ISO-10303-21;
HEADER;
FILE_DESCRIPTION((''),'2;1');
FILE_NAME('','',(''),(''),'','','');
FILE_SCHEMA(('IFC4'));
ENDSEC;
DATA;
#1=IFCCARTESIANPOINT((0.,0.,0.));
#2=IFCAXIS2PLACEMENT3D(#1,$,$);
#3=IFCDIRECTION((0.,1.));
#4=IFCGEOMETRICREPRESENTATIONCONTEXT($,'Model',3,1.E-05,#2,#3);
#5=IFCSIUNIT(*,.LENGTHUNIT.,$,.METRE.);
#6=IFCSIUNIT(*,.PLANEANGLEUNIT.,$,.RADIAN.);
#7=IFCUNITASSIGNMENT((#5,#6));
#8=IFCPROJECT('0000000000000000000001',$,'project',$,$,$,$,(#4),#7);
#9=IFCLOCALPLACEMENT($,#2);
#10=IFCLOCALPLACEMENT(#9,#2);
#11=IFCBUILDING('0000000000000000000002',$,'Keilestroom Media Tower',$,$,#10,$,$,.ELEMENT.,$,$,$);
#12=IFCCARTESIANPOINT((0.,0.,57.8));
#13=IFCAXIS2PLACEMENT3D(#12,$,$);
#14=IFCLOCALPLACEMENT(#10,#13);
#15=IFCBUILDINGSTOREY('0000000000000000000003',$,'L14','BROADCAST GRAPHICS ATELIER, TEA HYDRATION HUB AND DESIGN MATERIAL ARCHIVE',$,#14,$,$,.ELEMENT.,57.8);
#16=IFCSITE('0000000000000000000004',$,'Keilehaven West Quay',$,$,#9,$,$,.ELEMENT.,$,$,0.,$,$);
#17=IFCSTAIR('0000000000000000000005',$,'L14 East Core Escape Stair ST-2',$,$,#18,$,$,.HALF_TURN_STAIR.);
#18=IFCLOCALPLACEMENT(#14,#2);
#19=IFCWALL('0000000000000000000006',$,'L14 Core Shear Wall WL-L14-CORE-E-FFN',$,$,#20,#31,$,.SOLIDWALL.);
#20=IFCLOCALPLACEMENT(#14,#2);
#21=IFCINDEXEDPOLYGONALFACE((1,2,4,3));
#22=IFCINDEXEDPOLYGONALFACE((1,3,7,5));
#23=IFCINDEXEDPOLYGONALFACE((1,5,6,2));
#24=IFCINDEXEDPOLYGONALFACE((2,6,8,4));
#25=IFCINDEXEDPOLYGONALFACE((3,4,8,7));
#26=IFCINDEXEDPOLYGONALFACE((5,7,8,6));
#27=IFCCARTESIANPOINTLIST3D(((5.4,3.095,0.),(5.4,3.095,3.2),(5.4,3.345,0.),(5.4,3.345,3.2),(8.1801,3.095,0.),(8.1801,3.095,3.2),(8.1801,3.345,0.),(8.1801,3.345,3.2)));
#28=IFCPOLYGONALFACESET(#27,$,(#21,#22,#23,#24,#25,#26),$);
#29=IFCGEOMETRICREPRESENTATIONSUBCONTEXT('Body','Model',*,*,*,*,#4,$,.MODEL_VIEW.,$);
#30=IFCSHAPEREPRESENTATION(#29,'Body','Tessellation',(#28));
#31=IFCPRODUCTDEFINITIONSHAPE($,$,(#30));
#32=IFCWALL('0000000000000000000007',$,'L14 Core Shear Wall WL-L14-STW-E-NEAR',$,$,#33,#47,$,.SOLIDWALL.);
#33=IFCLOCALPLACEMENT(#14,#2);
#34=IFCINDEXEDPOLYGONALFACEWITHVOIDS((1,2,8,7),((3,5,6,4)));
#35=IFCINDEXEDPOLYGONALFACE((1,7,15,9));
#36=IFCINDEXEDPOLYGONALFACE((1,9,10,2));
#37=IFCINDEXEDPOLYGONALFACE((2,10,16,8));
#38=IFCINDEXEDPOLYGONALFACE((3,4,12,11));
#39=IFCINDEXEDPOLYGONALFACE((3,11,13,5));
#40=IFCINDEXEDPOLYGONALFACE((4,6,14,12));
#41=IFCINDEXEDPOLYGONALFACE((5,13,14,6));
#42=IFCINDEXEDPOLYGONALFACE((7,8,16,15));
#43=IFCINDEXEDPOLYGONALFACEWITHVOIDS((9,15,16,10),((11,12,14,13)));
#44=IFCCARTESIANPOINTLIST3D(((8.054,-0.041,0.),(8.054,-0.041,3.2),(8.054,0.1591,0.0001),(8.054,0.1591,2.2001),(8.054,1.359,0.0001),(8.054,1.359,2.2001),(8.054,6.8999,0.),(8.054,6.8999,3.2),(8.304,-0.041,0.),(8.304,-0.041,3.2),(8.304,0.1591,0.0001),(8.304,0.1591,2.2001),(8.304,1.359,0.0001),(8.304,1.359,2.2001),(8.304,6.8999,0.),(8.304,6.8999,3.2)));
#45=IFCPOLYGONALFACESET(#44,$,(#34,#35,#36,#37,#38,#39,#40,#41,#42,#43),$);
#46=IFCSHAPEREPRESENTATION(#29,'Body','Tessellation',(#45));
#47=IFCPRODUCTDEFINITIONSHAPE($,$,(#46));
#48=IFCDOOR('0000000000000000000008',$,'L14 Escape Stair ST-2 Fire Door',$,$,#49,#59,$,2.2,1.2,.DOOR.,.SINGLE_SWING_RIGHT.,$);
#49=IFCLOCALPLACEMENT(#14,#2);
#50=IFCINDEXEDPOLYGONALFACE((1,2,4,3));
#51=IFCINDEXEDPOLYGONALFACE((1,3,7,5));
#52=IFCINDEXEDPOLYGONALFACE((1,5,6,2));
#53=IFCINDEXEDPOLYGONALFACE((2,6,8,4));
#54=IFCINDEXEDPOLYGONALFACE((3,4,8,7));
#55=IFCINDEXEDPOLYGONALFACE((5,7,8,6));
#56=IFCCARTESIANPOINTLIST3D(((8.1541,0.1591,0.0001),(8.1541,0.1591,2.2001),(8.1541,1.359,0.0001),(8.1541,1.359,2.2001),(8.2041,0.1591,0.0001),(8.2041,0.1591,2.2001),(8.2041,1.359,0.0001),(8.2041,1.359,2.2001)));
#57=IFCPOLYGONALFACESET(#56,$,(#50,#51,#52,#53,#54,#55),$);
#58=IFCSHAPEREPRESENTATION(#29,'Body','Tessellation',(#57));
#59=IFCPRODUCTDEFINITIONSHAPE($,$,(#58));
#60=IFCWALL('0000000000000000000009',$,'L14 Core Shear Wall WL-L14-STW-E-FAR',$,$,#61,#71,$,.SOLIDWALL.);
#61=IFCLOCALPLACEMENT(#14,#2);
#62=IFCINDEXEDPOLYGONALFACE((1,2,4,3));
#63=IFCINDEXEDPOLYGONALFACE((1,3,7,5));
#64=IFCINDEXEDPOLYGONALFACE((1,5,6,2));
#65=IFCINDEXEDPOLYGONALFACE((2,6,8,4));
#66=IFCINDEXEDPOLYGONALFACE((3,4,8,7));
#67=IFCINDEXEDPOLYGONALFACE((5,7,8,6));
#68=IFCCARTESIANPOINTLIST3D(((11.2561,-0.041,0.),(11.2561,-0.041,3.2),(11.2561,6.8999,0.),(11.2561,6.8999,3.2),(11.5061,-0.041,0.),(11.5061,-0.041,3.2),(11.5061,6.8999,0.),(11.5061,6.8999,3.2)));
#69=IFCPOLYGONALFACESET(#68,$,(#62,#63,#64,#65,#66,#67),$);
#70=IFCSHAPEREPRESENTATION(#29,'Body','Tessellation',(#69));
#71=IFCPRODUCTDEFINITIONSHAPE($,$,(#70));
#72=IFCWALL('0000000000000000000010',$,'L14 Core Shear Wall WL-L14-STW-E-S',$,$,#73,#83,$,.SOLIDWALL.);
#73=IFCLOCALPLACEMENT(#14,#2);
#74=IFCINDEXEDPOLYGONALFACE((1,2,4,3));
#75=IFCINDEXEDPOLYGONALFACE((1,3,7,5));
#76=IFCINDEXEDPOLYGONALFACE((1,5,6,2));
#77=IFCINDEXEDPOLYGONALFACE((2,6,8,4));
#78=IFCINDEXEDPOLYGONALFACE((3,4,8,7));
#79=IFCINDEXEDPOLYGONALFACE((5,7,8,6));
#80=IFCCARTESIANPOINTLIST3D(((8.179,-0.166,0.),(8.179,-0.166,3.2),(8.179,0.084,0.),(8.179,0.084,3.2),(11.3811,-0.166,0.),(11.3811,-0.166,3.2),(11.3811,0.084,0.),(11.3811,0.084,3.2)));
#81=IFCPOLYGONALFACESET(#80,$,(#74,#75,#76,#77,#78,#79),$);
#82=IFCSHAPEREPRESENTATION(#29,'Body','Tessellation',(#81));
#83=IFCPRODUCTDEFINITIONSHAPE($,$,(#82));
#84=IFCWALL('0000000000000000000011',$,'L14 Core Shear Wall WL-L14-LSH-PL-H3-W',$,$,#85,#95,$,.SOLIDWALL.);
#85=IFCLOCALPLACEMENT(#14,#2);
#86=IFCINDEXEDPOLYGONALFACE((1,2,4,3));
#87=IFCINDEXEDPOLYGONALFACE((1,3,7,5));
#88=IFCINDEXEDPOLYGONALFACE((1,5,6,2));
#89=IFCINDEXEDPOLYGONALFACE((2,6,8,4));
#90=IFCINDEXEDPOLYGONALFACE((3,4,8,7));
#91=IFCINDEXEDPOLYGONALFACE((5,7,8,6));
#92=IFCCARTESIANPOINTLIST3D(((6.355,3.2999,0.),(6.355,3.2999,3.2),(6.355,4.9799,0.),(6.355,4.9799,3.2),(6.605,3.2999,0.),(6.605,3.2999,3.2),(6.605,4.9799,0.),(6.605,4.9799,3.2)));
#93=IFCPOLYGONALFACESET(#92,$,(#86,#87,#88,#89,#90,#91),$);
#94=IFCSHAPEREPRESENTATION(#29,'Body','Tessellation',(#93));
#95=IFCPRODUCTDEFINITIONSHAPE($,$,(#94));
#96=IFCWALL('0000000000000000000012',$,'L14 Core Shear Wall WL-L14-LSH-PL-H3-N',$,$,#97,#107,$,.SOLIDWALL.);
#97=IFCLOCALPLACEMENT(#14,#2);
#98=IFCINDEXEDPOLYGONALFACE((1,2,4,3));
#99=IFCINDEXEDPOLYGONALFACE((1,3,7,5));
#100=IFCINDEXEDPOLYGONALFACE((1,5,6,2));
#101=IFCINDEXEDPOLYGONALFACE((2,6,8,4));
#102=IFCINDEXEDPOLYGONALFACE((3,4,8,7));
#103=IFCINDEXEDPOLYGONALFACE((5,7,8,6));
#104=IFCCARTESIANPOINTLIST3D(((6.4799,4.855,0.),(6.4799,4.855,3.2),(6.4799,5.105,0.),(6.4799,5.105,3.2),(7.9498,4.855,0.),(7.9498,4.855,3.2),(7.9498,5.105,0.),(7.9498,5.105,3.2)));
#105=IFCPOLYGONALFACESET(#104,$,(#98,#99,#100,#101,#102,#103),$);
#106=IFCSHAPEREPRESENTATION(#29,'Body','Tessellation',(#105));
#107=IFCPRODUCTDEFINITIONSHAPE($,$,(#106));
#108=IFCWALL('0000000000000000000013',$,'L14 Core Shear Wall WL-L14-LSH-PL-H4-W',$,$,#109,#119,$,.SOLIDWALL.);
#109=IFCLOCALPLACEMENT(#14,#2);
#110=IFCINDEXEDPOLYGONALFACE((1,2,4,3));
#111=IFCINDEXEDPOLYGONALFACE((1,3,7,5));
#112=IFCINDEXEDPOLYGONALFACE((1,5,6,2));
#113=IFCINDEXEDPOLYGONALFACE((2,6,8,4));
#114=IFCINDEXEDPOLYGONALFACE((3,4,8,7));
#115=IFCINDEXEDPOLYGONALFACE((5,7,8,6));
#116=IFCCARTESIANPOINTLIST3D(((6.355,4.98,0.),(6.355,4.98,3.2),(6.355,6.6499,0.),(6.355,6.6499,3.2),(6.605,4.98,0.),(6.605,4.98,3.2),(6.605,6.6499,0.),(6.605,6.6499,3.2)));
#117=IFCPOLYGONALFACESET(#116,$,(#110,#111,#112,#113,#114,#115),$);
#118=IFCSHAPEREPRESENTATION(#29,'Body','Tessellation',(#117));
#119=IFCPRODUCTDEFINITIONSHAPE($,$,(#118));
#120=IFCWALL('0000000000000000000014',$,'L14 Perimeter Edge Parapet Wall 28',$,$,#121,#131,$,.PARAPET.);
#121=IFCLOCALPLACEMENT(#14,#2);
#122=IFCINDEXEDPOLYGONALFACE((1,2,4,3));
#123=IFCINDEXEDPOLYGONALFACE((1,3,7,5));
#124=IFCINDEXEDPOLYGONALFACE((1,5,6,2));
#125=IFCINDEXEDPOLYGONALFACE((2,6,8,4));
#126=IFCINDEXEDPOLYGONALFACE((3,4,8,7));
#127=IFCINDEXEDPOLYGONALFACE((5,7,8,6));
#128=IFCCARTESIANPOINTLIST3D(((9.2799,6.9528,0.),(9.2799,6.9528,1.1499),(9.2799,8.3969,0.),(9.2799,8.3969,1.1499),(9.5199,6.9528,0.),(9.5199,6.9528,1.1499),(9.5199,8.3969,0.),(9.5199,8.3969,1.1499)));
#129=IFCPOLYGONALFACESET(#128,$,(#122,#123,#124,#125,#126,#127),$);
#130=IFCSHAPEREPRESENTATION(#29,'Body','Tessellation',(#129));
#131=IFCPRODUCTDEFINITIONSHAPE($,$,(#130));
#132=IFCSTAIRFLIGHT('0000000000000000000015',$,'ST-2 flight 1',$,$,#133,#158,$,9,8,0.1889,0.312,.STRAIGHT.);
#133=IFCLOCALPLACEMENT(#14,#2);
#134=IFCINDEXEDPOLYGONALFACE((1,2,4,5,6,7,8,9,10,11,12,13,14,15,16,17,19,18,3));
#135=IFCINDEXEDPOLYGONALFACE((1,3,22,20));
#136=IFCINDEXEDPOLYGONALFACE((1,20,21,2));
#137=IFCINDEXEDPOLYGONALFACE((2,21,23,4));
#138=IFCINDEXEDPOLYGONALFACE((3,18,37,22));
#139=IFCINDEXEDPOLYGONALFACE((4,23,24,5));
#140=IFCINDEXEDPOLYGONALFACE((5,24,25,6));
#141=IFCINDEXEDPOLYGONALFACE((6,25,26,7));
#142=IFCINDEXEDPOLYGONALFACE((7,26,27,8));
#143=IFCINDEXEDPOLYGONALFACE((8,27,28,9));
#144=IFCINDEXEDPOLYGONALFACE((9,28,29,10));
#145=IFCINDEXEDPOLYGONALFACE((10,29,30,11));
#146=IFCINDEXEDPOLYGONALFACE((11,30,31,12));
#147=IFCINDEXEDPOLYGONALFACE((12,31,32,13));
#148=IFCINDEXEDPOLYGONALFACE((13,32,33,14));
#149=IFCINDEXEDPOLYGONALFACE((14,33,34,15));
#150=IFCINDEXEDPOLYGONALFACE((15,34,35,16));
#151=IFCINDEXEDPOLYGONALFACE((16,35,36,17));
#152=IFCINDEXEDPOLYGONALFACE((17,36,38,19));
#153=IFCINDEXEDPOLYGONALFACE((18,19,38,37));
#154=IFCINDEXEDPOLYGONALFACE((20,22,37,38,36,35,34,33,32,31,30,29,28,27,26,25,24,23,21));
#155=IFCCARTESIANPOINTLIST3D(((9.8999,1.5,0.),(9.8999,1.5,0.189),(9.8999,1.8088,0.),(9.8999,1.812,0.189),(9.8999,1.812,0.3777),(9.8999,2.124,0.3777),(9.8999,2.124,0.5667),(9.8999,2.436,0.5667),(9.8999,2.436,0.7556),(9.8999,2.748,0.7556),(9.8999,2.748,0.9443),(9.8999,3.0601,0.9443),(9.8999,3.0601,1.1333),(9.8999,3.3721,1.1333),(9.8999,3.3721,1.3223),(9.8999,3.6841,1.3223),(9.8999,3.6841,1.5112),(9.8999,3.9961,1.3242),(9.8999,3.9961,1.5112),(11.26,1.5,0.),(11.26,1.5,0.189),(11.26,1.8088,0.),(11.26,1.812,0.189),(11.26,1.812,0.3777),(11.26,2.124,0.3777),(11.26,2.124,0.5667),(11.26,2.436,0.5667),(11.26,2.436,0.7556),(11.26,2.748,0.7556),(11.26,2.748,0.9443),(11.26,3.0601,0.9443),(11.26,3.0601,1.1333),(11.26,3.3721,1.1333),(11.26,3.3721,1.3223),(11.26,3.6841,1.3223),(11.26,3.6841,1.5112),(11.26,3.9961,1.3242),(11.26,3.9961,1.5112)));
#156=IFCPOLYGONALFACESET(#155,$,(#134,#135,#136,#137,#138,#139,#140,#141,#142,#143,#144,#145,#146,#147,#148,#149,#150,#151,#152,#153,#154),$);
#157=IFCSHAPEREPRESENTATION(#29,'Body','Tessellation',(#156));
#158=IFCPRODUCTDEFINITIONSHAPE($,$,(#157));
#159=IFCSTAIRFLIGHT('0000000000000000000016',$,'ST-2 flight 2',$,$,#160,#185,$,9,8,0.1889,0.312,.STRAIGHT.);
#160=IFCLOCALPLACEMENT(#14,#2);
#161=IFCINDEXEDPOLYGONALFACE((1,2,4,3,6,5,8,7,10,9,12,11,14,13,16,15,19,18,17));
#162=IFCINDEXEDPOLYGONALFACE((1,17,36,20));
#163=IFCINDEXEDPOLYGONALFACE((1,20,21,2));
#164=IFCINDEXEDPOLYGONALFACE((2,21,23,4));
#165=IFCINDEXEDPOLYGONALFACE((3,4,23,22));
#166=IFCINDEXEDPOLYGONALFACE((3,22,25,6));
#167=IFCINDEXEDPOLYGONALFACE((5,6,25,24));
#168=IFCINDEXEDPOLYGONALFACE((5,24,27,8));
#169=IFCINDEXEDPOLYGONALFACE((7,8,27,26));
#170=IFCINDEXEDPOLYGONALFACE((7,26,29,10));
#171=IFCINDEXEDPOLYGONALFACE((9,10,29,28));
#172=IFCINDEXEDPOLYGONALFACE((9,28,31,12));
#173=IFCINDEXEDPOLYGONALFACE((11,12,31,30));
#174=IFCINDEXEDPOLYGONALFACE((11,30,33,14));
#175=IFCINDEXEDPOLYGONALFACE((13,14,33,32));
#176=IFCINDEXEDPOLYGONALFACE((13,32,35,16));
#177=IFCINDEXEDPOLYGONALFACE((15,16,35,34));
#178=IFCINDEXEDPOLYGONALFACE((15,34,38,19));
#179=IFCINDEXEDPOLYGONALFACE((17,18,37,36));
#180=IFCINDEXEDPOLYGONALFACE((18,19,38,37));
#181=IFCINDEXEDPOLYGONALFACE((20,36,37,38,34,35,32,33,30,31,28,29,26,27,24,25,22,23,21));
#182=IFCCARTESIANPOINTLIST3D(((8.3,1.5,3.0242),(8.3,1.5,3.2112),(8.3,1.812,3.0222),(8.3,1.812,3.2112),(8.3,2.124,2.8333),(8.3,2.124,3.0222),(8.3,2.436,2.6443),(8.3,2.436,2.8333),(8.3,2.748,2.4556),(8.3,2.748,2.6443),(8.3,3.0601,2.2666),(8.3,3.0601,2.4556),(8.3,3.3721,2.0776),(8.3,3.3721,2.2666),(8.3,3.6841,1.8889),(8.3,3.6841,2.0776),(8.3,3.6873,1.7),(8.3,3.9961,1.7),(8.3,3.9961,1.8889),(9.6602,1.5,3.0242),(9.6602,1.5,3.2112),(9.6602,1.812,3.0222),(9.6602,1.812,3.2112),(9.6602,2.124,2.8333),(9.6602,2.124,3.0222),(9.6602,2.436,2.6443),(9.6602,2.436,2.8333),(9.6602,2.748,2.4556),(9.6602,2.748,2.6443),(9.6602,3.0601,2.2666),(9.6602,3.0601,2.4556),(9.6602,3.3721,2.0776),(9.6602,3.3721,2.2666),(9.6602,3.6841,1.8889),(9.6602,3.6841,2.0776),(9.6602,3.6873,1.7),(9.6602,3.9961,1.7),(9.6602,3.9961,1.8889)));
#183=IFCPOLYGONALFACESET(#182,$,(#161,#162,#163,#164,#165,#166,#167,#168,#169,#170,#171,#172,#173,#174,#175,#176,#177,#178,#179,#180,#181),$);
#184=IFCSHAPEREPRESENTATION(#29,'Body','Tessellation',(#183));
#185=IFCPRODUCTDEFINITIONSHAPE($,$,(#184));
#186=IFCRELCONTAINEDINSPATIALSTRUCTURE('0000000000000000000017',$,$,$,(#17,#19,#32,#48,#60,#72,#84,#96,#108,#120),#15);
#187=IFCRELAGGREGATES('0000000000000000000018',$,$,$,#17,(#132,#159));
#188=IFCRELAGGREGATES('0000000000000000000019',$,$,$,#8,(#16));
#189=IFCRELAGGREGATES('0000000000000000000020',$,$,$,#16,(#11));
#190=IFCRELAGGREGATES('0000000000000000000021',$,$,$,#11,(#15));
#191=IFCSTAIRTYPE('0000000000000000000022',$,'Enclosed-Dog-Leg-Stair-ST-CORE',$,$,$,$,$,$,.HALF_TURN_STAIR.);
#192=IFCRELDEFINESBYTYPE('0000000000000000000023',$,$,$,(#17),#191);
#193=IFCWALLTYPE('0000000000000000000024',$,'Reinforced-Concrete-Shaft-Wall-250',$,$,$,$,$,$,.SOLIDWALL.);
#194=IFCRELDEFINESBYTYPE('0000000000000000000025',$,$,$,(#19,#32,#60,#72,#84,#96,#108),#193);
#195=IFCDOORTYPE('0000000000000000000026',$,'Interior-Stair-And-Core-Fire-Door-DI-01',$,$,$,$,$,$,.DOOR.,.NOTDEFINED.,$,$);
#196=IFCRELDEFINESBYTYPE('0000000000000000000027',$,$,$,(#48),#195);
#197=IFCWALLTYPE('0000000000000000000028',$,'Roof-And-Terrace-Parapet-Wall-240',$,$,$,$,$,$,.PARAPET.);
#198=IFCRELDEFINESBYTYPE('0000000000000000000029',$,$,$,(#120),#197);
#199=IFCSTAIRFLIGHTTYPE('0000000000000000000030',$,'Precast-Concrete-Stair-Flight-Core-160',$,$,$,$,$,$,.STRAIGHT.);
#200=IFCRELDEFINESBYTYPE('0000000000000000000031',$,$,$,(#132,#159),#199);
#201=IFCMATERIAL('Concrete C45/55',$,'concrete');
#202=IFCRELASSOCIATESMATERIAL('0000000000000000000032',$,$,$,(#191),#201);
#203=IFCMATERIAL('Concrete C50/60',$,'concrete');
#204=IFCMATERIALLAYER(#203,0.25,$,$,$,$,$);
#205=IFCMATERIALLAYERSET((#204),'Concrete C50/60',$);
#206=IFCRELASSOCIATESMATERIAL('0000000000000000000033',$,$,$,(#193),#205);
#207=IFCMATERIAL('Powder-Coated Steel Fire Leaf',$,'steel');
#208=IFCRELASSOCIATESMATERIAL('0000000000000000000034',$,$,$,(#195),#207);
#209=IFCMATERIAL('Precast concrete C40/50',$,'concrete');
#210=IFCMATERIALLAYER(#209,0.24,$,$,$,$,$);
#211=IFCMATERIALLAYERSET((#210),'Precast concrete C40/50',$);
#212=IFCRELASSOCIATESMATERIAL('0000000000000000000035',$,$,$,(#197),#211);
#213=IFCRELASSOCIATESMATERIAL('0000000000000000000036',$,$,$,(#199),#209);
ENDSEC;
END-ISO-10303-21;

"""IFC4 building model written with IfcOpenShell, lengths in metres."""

from ifc_helpers import new_model, si_unit, direction, frame, frame_2d, origin, place, context, subcontext, project, spatial, polyline, rectangle, outline, extrude, source, transform, mapped, material, layer, layer_set, type_object, element, fill, aggregate, save


model = new_model("IFC4")

# Units and contexts
model_context = context("Model", 3, precision=1e-05, world=origin(), true_north=direction((0.0, 1.0)))
body_context = subcontext(model_context, "Body", "Model", "MODEL_VIEW")
ifc_project = project(units=[si_unit("LENGTHUNIT", "METRE"), si_unit("PLANEANGLEUNIT", "RADIAN")], contexts=[model_context])

# Site, building, storey
site_placement = place(None, origin())
site = spatial("IfcSite", under=ifc_project, at=site_placement, Name="Keilehaven West Quay", CompositionType="ELEMENT", RefElevation=0.0)
building_placement = place(site_placement, origin())
building = spatial("IfcBuilding", under=site, at=building_placement, Name="Keilestroom Media Tower", CompositionType="ELEMENT")
storey_placement = place(building_placement, frame((0.0, 0.0, 57.8)))
storey = spatial("IfcBuildingStorey", under=building, at=storey_placement, Name="L14", Description="BROADCAST GRAPHICS ATELIER, TEA HYDRATION HUB AND DESIGN MATERIAL ARCHIVE", CompositionType="ELEMENT", Elevation=57.8)

# Stair
ifc_material_1 = material(Name="Concrete C45/55", Category="concrete")
stair_type = type_object("IfcStairType", Name="Enclosed-Dog-Leg-Stair-ST-CORE", PredefinedType="HALF_TURN_STAIR", material=ifc_material_1)
stair_1_placement = place(storey_placement, origin())
stair_1 = element("IfcStair", 1, at=stair_1_placement, inside=storey, type_object=stair_type, Name="L14 East Core Escape Stair ST-2", PredefinedType="HALF_TURN_STAIR")

# Wall
ifc_material_2 = material(Name="Concrete C50/60", Category="concrete")
ifc_layer_1 = layer(ifc_material_2, 0.25)
ifc_layer_set_1 = layer_set([ifc_layer_1], Name="Concrete C50/60")
wall_type_1 = type_object("IfcWallType", Name="Reinforced-Concrete-Shaft-Wall-250", PredefinedType="SOLIDWALL", material=ifc_layer_set_1)
wall_1_placement = place(storey_placement, frame((5.3999, 3.22, 0.0), z_axis=(0.0, 0.0, 1.0), x_axis=(1.0, 0.0, 0.0)))
element("IfcWall", 2, at=wall_1_placement, inside=storey, type_object=wall_type_1, Name="L14 Core Shear Wall WL-L14-CORE-E-FFN", PredefinedType="SOLIDWALL", context=body_context, shape_type="SweptSolid", body=[
    extrude(rectangle(XDim=2.78, YDim=0.25, at=frame_2d((1.3901, 0.0))), origin(), (0.0, 0.0, 1.0), 3.2),
])

# Wall, opening, door
wall_2_placement = place(storey_placement, frame((8.179, -0.041, 0.0), z_axis=(0.0, 0.0, 1.0), x_axis=(0.0, 1.0, 0.0)))
wall_2 = element("IfcWall", 3, at=wall_2_placement, inside=storey, type_object=wall_type_1, Name="L14 Core Shear Wall WL-L14-STW-E-NEAR", PredefinedType="SOLIDWALL", context=body_context, shape_type="SweptSolid", body=[
    extrude(rectangle(XDim=6.9409, YDim=0.25, at=frame_2d((3.4705, 0.0))), origin(), (0.0, 0.0, 1.0), 3.2),
])
opening_placement = place(wall_2_placement, frame((0.2, 0.0, 0.0)))
opening = element("IfcOpeningElement", 4, at=opening_placement, cuts=wall_2, PredefinedType="OPENING", context=body_context, shape_type="SweptSolid", body=[
    extrude(rectangle(XDim=1.2, YDim=2.2, at=frame_2d((0.6001, 1.1001))), frame((0.0, 0.135, 0.0), z_axis=(0.0, -1.0, 0.0), x_axis=(1.0, 0.0, 0.0)), (0.0, 0.0, 1.0), 0.27),
])
ifc_material_3 = material(Name="Powder-Coated Steel Fire Leaf", Category="steel")
door_type = type_object("IfcDoorType", Name="Interior-Stair-And-Core-Fire-Door-DI-01", OperationType="NOTDEFINED", PredefinedType="DOOR", material=ifc_material_3)
shared_shape_1 = source(origin(), body_context, "Body", "SweptSolid", [
    extrude(rectangle(XDim=1.2, YDim=2.2, at=frame_2d((0.6001, 1.1001))), frame((0.0, 0.0249, 0.0), z_axis=(0.0, -1.0, 0.0), x_axis=(1.0, 0.0, 0.0)), (0.0, 0.0, 1.0), 0.05),
])
door_placement = place(opening_placement, origin())
door = element("IfcDoor", 5, at=door_placement, inside=storey, type_object=door_type, Name="L14 Escape Stair ST-2 Fire Door", OperationType="SINGLE_SWING_RIGHT", OverallHeight=2.2, OverallWidth=1.2, PredefinedType="DOOR", context=body_context, shape_type="MappedRepresentation", body=[
    mapped(shared_shape_1, transform((0.0, 0.0, 0.0), x_axis=(1.0, 0.0, 0.0), y_axis=(0.0, 1.0, 0.0), z_axis=(0.0, 0.0, 1.0), scale=1.0)),
])
fill(opening, door)

# Walls
wall_3_placement = place(storey_placement, frame((11.3811, -0.041, 0.0), z_axis=(0.0, 0.0, 1.0), x_axis=(0.0, 1.0, 0.0)))
element("IfcWall", 6, at=wall_3_placement, inside=storey, type_object=wall_type_1, Name="L14 Core Shear Wall WL-L14-STW-E-FAR", PredefinedType="SOLIDWALL", context=body_context, shape_type="SweptSolid", body=[
    extrude(rectangle(XDim=6.9409, YDim=0.25, at=frame_2d((3.4705, 0.0))), origin(), (0.0, 0.0, 1.0), 3.2),
])
wall_4_placement = place(storey_placement, frame((8.179, -0.041, 0.0), z_axis=(0.0, 0.0, 1.0), x_axis=(1.0, 0.0, 0.0)))
element("IfcWall", 7, at=wall_4_placement, inside=storey, type_object=wall_type_1, Name="L14 Core Shear Wall WL-L14-STW-E-S", PredefinedType="SOLIDWALL", context=body_context, shape_type="SweptSolid", body=[
    extrude(rectangle(XDim=3.2021, YDim=0.25, at=frame_2d((1.6011, 0.0))), origin(), (0.0, 0.0, 1.0), 3.2),
])
wall_5_placement = place(storey_placement, frame((6.48, 3.3, 0.0), z_axis=(0.0, 0.0, 1.0), x_axis=(0.0, 1.0, 0.0)))
element("IfcWall", 8, at=wall_5_placement, inside=storey, type_object=wall_type_1, Name="L14 Core Shear Wall WL-L14-LSH-PL-H3-W", PredefinedType="SOLIDWALL", context=body_context, shape_type="SweptSolid", body=[
    extrude(rectangle(XDim=1.6799, YDim=0.25, at=frame_2d((0.8398, 0.0))), origin(), (0.0, 0.0, 1.0), 3.2),
])
wall_6_placement = place(storey_placement, frame((6.48, 4.98, 0.0), z_axis=(0.0, 0.0, 1.0), x_axis=(1.0, 0.0, 0.0)))
element("IfcWall", 9, at=wall_6_placement, inside=storey, type_object=wall_type_1, Name="L14 Core Shear Wall WL-L14-LSH-PL-H3-N", PredefinedType="SOLIDWALL", context=body_context, shape_type="SweptSolid", body=[
    extrude(rectangle(XDim=1.47, YDim=0.25, at=frame_2d((0.7349, 0.0))), origin(), (0.0, 0.0, 1.0), 3.2),
])
wall_7_placement = place(storey_placement, frame((6.48, 4.98, 0.0), z_axis=(0.0, 0.0, 1.0), x_axis=(0.0, 1.0, 0.0)))
element("IfcWall", 10, at=wall_7_placement, inside=storey, type_object=wall_type_1, Name="L14 Core Shear Wall WL-L14-LSH-PL-H4-W", PredefinedType="SOLIDWALL", context=body_context, shape_type="SweptSolid", body=[
    extrude(rectangle(XDim=1.6699, YDim=0.25, at=frame_2d((0.835, 0.0))), origin(), (0.0, 0.0, 1.0), 3.2),
])
ifc_material_4 = material(Name="Precast concrete C40/50", Category="concrete")
ifc_layer_2 = layer(ifc_material_4, 0.24)
ifc_layer_set_2 = layer_set([ifc_layer_2], Name="Precast concrete C40/50")
wall_type_2 = type_object("IfcWallType", Name="Roof-And-Terrace-Parapet-Wall-240", PredefinedType="PARAPET", material=ifc_layer_set_2)
wall_8_placement = place(storey_placement, frame((9.3999, 8.397, 0.0), z_axis=(0.0, 0.0, 1.0), x_axis=(0.0, -1.0, 0.0)))
element("IfcWall", 11, at=wall_8_placement, inside=storey, type_object=wall_type_2, Name="L14 Perimeter Edge Parapet Wall 28", PredefinedType="PARAPET", context=body_context, shape_type="SweptSolid", body=[
    extrude(rectangle(XDim=1.4441, YDim=0.24, at=frame_2d((0.7222, 0.0))), origin(), (0.0, 0.0, 1.0), 1.1499),
])

# Stair flights
stair_flight_type = type_object("IfcStairFlightType", Name="Precast-Concrete-Stair-Flight-Core-160", PredefinedType="STRAIGHT", material=ifc_material_4)
stair_flight_1_placement = place(storey_placement, frame((10.5801, 1.5, 0.0), z_axis=(0.0, 0.0, 1.0), x_axis=(0.0, 1.0, 0.0)))
stair_flight_1 = element("IfcStairFlight", 12, at=stair_flight_1_placement, type_object=stair_flight_type, Name="ST-2 flight 1", NumberOfRisers=9, NumberOfTreads=8, PredefinedType="STRAIGHT", RiserHeight=0.1889, TreadLength=0.312, context=body_context, shape_type="SweptSolid", body=[
    extrude(outline(polyline([(0.0, 0.0), (0.0, 0.189), (0.312, 0.189), (0.312, 0.3777), (0.624, 0.3777), (0.624, 0.5667), (0.936, 0.5667), (0.936, 0.7556), (1.248, 0.7556), (1.248, 0.9443), (1.5601, 0.9443), (1.5601, 1.1333), (1.8721, 1.1333), (1.8721, 1.3223), (2.1841, 1.3223), (2.1841, 1.5112), (2.4961, 1.5112), (2.4961, 1.7), (2.4961, 1.3242), (0.3088, 0.0), (0.0, 0.0)])), frame((0.0, 0.6802, 0.0), z_axis=(0.0, -1.0, 0.0), x_axis=(1.0, 0.0, 0.0)), (0.0, 0.0, 1.0), 1.3601),
])
stair_flight_2_placement = place(storey_placement, frame((8.98, 3.9961, 1.7), z_axis=(0.0, 0.0, 1.0), x_axis=(0.0, -1.0, 0.0)))
stair_flight_2 = element("IfcStairFlight", 13, at=stair_flight_2_placement, type_object=stair_flight_type, Name="ST-2 flight 2", NumberOfRisers=9, NumberOfTreads=8, PredefinedType="STRAIGHT", RiserHeight=0.1889, TreadLength=0.312, context=body_context, shape_type="SweptSolid", body=[
    extrude(outline(polyline([(0.0, 0.0), (0.0, 0.189), (0.312, 0.189), (0.312, 0.3777), (0.624, 0.3777), (0.624, 0.5667), (0.936, 0.5667), (0.936, 0.7556), (1.248, 0.7556), (1.248, 0.9443), (1.5601, 0.9443), (1.5601, 1.1333), (1.8721, 1.1333), (1.8721, 1.3223), (2.1841, 1.3223), (2.1841, 1.5112), (2.4961, 1.5112), (2.4961, 1.7), (2.4961, 1.3242), (0.3088, 0.0), (0.0, 0.0)])), frame((0.0, 0.6802, 0.0), z_axis=(0.0, -1.0, 0.0), x_axis=(1.0, 0.0, 0.0)), (0.0, 0.0, 1.0), 1.3601),
])
aggregate(stair_1, [stair_flight_1, stair_flight_2])

save(model, "model.ifc")
